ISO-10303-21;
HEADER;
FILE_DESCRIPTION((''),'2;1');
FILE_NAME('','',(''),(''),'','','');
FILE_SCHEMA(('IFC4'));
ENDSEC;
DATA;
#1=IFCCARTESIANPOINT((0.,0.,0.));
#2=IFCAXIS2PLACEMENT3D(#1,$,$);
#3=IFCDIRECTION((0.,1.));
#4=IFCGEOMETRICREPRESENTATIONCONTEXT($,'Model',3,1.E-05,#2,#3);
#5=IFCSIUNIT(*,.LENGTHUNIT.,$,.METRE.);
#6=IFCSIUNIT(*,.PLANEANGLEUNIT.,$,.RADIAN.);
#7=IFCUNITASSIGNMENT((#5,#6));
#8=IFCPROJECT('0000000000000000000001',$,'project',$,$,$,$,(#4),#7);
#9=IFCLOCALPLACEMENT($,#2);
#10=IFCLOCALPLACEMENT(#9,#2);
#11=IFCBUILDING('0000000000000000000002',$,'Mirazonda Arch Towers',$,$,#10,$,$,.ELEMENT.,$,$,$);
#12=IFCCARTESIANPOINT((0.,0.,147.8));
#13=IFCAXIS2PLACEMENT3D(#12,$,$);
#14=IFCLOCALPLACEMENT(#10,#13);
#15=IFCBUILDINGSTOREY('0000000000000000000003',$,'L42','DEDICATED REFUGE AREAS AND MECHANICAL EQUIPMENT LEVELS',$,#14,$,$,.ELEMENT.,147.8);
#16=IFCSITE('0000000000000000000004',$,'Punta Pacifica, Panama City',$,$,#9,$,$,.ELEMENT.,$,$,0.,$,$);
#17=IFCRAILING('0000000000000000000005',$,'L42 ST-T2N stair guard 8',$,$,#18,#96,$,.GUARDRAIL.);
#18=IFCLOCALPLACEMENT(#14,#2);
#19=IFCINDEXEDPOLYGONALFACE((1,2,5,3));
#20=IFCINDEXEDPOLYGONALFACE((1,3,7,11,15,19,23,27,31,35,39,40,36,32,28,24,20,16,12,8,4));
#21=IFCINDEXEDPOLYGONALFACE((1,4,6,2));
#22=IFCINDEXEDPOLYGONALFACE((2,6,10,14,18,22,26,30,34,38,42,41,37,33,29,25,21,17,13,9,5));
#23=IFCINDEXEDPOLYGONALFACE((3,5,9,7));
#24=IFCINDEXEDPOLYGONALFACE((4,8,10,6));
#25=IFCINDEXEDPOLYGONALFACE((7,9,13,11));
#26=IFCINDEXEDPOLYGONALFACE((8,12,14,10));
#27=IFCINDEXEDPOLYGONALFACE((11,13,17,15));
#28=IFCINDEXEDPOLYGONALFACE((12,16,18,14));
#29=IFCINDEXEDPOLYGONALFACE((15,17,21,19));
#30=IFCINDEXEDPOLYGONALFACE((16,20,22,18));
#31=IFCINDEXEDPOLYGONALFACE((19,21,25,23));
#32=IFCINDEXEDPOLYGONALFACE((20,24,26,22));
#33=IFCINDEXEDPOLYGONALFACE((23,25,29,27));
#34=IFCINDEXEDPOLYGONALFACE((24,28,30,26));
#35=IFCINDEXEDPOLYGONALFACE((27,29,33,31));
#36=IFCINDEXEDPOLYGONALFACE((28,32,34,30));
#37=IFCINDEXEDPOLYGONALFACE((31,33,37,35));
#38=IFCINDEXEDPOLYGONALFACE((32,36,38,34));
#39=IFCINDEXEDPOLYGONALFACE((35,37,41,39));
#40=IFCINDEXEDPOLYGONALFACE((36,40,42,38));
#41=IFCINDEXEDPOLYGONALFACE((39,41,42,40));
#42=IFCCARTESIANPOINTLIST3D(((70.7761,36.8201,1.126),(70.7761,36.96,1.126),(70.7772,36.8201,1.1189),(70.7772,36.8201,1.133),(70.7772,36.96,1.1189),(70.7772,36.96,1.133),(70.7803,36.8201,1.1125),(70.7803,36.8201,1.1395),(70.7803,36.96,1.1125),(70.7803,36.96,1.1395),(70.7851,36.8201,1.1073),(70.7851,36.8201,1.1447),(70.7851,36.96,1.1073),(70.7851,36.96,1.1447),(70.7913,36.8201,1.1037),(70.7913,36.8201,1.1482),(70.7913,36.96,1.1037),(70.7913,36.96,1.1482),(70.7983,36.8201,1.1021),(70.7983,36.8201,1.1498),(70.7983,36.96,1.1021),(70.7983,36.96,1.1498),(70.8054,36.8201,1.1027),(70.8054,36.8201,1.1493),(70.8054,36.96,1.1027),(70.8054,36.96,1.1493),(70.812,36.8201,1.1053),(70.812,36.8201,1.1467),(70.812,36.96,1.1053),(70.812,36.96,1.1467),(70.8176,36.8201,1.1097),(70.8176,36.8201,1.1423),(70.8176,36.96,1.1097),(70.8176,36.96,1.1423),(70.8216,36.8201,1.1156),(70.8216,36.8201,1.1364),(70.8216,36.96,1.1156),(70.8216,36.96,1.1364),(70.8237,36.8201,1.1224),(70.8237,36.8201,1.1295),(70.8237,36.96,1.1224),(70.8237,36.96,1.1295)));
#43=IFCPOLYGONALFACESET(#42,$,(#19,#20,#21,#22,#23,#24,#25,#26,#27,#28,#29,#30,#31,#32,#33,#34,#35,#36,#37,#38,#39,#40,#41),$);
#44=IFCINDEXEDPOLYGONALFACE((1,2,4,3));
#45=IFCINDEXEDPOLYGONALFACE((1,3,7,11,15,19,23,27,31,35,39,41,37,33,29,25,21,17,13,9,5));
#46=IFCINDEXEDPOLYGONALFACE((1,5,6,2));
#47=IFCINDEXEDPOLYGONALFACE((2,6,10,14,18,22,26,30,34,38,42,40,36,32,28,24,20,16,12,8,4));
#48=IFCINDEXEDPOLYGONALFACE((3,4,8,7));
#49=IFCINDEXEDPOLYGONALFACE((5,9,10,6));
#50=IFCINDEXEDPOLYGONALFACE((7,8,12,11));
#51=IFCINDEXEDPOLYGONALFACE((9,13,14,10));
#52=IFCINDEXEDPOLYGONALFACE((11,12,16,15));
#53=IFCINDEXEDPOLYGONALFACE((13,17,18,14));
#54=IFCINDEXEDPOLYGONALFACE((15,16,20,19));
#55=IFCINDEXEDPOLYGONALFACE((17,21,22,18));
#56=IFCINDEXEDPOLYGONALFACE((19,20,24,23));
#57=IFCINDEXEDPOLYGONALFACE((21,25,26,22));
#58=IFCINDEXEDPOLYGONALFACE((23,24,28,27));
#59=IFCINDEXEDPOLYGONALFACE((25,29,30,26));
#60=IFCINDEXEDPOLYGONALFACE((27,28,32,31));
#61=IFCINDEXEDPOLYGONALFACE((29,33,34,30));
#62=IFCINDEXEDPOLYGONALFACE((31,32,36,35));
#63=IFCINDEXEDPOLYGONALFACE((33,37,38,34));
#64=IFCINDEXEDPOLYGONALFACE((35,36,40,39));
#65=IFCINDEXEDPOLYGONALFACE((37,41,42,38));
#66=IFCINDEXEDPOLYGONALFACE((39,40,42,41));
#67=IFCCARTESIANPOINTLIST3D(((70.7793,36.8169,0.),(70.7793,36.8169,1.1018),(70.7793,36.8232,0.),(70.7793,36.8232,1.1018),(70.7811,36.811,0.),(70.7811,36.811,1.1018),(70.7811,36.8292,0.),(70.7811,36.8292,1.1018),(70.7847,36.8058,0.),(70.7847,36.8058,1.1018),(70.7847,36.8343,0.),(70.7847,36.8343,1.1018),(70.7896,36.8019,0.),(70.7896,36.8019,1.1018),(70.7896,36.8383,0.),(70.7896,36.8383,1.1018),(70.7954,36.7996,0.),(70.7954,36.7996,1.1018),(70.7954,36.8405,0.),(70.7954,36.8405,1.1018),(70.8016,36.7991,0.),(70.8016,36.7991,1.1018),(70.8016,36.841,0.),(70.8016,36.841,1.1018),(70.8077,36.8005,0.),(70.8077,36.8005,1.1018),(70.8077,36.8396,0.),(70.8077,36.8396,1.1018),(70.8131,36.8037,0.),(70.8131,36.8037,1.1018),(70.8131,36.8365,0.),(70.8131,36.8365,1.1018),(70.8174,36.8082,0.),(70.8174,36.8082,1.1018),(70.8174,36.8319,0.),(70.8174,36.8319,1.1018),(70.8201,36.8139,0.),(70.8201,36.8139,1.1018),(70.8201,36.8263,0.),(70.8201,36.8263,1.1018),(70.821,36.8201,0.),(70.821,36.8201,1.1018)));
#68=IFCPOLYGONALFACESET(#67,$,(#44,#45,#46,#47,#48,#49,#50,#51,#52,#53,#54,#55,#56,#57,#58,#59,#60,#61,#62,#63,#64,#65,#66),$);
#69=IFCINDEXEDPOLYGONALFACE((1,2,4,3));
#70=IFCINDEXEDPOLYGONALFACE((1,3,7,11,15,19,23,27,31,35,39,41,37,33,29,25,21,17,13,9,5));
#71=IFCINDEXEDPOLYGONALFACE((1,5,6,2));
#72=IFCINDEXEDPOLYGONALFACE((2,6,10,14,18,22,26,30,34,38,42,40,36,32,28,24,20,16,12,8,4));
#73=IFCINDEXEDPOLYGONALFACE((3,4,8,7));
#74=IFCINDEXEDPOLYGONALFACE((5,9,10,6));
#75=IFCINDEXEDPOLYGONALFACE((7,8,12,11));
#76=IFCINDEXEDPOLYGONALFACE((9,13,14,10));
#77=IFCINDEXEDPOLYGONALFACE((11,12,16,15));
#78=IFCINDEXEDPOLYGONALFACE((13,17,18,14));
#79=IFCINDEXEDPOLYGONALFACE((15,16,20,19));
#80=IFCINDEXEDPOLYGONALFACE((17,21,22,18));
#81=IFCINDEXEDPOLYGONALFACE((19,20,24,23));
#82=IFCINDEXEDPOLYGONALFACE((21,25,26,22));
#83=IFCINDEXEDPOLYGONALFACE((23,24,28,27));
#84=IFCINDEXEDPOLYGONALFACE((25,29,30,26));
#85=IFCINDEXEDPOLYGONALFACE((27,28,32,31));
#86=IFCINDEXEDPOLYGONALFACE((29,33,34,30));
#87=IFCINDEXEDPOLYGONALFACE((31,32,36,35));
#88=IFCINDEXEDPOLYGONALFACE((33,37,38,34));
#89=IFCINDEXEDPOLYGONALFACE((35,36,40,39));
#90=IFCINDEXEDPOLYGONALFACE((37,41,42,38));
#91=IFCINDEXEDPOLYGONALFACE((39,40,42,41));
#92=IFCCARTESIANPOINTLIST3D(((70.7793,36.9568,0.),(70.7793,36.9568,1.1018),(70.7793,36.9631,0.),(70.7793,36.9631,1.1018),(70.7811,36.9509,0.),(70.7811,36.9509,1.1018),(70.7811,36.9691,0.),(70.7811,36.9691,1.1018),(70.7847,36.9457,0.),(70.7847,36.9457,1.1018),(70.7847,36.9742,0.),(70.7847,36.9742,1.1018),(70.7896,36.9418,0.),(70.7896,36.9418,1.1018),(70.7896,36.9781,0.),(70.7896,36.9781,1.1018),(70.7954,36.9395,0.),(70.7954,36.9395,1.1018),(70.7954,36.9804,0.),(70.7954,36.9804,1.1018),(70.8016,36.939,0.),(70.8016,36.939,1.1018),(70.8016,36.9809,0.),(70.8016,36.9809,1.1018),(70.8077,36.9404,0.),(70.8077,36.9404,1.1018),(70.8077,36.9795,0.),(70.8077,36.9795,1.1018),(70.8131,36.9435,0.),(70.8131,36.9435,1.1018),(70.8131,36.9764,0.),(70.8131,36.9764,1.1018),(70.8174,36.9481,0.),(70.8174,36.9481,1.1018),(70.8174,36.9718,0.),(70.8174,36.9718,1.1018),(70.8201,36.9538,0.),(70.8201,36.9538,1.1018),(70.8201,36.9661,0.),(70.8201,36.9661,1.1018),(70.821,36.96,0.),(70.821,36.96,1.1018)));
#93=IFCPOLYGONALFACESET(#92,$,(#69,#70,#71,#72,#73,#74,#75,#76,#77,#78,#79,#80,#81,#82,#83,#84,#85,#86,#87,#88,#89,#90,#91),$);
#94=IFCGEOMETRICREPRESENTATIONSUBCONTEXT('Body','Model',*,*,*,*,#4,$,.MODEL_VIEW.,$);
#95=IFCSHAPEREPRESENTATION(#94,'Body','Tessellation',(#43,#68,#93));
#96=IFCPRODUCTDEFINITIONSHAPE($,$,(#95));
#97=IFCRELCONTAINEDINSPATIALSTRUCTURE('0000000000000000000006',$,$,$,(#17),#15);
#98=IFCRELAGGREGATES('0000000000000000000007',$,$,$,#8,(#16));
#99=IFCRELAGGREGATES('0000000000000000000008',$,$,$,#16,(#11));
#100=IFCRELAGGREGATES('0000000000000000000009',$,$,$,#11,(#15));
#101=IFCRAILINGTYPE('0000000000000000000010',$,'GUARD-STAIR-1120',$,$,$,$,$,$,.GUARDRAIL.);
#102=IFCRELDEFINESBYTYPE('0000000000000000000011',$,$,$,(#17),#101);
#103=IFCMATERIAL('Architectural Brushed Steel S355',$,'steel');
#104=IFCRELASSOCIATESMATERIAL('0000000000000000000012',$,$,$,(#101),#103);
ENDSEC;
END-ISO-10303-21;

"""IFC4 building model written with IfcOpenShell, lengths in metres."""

from ifc_helpers import new_model, si_unit, direction, frame, origin, origin_2d, place, context, subcontext, project, spatial, circle, extrude, material, type_object, element, save


model = new_model("IFC4")

# Units and contexts
model_context = context("Model", 3, precision=1e-05, world=origin(), true_north=direction((0.0, 1.0)))
body_context = subcontext(model_context, "Body", "Model", "MODEL_VIEW")
ifc_project = project(units=[si_unit("LENGTHUNIT", "METRE"), si_unit("PLANEANGLEUNIT", "RADIAN")], contexts=[model_context])

# Site, building, storey
site_placement = place(None, origin())
site = spatial("IfcSite", under=ifc_project, at=site_placement, Name="Punta Pacifica, Panama City", CompositionType="ELEMENT", RefElevation=0.0)
building_placement = place(site_placement, origin())
building = spatial("IfcBuilding", under=site, at=building_placement, Name="Mirazonda Arch Towers", CompositionType="ELEMENT")
storey_placement = place(building_placement, frame((0.0, 0.0, 147.8)))
storey = spatial("IfcBuildingStorey", under=building, at=storey_placement, Name="L42", Description="DEDICATED REFUGE AREAS AND MECHANICAL EQUIPMENT LEVELS", CompositionType="ELEMENT", Elevation=147.8)

# Railing
ifc_material_1 = material(Name="Architectural Brushed Steel S355", Category="steel")
railing_type_1 = type_object("IfcRailingType", Name="GUARD-STAIR-1120", PredefinedType="GUARDRAIL", material=ifc_material_1)
railing_1_placement = place(storey_placement, frame((70.8, 36.8201, 0.0)))
element("IfcRailing", 1, at=railing_1_placement, inside=storey, type_object=railing_type_1, Name="L42 ST-T2N stair guard 8", PredefinedType="GUARDRAIL", context=body_context, shape_type="SweptSolid", body=[
    extrude(circle(Radius=0.0239, at=origin_2d()), frame((0.0, 0.0, 1.126), z_axis=(0.0, 1.0, 0.0), x_axis=(-1.0, 0.0, 0.0)), (0.0, 0.0, 1.0), 0.1399),
    extrude(circle(Radius=0.021, at=origin_2d()), origin(), (0.0, 0.0, 1.0), 1.1018),
    extrude(circle(Radius=0.021, at=origin_2d()), frame((0.0, 0.1399, 0.0)), (0.0, 0.0, 1.0), 1.1018),
])

save(model, "model.ifc")
